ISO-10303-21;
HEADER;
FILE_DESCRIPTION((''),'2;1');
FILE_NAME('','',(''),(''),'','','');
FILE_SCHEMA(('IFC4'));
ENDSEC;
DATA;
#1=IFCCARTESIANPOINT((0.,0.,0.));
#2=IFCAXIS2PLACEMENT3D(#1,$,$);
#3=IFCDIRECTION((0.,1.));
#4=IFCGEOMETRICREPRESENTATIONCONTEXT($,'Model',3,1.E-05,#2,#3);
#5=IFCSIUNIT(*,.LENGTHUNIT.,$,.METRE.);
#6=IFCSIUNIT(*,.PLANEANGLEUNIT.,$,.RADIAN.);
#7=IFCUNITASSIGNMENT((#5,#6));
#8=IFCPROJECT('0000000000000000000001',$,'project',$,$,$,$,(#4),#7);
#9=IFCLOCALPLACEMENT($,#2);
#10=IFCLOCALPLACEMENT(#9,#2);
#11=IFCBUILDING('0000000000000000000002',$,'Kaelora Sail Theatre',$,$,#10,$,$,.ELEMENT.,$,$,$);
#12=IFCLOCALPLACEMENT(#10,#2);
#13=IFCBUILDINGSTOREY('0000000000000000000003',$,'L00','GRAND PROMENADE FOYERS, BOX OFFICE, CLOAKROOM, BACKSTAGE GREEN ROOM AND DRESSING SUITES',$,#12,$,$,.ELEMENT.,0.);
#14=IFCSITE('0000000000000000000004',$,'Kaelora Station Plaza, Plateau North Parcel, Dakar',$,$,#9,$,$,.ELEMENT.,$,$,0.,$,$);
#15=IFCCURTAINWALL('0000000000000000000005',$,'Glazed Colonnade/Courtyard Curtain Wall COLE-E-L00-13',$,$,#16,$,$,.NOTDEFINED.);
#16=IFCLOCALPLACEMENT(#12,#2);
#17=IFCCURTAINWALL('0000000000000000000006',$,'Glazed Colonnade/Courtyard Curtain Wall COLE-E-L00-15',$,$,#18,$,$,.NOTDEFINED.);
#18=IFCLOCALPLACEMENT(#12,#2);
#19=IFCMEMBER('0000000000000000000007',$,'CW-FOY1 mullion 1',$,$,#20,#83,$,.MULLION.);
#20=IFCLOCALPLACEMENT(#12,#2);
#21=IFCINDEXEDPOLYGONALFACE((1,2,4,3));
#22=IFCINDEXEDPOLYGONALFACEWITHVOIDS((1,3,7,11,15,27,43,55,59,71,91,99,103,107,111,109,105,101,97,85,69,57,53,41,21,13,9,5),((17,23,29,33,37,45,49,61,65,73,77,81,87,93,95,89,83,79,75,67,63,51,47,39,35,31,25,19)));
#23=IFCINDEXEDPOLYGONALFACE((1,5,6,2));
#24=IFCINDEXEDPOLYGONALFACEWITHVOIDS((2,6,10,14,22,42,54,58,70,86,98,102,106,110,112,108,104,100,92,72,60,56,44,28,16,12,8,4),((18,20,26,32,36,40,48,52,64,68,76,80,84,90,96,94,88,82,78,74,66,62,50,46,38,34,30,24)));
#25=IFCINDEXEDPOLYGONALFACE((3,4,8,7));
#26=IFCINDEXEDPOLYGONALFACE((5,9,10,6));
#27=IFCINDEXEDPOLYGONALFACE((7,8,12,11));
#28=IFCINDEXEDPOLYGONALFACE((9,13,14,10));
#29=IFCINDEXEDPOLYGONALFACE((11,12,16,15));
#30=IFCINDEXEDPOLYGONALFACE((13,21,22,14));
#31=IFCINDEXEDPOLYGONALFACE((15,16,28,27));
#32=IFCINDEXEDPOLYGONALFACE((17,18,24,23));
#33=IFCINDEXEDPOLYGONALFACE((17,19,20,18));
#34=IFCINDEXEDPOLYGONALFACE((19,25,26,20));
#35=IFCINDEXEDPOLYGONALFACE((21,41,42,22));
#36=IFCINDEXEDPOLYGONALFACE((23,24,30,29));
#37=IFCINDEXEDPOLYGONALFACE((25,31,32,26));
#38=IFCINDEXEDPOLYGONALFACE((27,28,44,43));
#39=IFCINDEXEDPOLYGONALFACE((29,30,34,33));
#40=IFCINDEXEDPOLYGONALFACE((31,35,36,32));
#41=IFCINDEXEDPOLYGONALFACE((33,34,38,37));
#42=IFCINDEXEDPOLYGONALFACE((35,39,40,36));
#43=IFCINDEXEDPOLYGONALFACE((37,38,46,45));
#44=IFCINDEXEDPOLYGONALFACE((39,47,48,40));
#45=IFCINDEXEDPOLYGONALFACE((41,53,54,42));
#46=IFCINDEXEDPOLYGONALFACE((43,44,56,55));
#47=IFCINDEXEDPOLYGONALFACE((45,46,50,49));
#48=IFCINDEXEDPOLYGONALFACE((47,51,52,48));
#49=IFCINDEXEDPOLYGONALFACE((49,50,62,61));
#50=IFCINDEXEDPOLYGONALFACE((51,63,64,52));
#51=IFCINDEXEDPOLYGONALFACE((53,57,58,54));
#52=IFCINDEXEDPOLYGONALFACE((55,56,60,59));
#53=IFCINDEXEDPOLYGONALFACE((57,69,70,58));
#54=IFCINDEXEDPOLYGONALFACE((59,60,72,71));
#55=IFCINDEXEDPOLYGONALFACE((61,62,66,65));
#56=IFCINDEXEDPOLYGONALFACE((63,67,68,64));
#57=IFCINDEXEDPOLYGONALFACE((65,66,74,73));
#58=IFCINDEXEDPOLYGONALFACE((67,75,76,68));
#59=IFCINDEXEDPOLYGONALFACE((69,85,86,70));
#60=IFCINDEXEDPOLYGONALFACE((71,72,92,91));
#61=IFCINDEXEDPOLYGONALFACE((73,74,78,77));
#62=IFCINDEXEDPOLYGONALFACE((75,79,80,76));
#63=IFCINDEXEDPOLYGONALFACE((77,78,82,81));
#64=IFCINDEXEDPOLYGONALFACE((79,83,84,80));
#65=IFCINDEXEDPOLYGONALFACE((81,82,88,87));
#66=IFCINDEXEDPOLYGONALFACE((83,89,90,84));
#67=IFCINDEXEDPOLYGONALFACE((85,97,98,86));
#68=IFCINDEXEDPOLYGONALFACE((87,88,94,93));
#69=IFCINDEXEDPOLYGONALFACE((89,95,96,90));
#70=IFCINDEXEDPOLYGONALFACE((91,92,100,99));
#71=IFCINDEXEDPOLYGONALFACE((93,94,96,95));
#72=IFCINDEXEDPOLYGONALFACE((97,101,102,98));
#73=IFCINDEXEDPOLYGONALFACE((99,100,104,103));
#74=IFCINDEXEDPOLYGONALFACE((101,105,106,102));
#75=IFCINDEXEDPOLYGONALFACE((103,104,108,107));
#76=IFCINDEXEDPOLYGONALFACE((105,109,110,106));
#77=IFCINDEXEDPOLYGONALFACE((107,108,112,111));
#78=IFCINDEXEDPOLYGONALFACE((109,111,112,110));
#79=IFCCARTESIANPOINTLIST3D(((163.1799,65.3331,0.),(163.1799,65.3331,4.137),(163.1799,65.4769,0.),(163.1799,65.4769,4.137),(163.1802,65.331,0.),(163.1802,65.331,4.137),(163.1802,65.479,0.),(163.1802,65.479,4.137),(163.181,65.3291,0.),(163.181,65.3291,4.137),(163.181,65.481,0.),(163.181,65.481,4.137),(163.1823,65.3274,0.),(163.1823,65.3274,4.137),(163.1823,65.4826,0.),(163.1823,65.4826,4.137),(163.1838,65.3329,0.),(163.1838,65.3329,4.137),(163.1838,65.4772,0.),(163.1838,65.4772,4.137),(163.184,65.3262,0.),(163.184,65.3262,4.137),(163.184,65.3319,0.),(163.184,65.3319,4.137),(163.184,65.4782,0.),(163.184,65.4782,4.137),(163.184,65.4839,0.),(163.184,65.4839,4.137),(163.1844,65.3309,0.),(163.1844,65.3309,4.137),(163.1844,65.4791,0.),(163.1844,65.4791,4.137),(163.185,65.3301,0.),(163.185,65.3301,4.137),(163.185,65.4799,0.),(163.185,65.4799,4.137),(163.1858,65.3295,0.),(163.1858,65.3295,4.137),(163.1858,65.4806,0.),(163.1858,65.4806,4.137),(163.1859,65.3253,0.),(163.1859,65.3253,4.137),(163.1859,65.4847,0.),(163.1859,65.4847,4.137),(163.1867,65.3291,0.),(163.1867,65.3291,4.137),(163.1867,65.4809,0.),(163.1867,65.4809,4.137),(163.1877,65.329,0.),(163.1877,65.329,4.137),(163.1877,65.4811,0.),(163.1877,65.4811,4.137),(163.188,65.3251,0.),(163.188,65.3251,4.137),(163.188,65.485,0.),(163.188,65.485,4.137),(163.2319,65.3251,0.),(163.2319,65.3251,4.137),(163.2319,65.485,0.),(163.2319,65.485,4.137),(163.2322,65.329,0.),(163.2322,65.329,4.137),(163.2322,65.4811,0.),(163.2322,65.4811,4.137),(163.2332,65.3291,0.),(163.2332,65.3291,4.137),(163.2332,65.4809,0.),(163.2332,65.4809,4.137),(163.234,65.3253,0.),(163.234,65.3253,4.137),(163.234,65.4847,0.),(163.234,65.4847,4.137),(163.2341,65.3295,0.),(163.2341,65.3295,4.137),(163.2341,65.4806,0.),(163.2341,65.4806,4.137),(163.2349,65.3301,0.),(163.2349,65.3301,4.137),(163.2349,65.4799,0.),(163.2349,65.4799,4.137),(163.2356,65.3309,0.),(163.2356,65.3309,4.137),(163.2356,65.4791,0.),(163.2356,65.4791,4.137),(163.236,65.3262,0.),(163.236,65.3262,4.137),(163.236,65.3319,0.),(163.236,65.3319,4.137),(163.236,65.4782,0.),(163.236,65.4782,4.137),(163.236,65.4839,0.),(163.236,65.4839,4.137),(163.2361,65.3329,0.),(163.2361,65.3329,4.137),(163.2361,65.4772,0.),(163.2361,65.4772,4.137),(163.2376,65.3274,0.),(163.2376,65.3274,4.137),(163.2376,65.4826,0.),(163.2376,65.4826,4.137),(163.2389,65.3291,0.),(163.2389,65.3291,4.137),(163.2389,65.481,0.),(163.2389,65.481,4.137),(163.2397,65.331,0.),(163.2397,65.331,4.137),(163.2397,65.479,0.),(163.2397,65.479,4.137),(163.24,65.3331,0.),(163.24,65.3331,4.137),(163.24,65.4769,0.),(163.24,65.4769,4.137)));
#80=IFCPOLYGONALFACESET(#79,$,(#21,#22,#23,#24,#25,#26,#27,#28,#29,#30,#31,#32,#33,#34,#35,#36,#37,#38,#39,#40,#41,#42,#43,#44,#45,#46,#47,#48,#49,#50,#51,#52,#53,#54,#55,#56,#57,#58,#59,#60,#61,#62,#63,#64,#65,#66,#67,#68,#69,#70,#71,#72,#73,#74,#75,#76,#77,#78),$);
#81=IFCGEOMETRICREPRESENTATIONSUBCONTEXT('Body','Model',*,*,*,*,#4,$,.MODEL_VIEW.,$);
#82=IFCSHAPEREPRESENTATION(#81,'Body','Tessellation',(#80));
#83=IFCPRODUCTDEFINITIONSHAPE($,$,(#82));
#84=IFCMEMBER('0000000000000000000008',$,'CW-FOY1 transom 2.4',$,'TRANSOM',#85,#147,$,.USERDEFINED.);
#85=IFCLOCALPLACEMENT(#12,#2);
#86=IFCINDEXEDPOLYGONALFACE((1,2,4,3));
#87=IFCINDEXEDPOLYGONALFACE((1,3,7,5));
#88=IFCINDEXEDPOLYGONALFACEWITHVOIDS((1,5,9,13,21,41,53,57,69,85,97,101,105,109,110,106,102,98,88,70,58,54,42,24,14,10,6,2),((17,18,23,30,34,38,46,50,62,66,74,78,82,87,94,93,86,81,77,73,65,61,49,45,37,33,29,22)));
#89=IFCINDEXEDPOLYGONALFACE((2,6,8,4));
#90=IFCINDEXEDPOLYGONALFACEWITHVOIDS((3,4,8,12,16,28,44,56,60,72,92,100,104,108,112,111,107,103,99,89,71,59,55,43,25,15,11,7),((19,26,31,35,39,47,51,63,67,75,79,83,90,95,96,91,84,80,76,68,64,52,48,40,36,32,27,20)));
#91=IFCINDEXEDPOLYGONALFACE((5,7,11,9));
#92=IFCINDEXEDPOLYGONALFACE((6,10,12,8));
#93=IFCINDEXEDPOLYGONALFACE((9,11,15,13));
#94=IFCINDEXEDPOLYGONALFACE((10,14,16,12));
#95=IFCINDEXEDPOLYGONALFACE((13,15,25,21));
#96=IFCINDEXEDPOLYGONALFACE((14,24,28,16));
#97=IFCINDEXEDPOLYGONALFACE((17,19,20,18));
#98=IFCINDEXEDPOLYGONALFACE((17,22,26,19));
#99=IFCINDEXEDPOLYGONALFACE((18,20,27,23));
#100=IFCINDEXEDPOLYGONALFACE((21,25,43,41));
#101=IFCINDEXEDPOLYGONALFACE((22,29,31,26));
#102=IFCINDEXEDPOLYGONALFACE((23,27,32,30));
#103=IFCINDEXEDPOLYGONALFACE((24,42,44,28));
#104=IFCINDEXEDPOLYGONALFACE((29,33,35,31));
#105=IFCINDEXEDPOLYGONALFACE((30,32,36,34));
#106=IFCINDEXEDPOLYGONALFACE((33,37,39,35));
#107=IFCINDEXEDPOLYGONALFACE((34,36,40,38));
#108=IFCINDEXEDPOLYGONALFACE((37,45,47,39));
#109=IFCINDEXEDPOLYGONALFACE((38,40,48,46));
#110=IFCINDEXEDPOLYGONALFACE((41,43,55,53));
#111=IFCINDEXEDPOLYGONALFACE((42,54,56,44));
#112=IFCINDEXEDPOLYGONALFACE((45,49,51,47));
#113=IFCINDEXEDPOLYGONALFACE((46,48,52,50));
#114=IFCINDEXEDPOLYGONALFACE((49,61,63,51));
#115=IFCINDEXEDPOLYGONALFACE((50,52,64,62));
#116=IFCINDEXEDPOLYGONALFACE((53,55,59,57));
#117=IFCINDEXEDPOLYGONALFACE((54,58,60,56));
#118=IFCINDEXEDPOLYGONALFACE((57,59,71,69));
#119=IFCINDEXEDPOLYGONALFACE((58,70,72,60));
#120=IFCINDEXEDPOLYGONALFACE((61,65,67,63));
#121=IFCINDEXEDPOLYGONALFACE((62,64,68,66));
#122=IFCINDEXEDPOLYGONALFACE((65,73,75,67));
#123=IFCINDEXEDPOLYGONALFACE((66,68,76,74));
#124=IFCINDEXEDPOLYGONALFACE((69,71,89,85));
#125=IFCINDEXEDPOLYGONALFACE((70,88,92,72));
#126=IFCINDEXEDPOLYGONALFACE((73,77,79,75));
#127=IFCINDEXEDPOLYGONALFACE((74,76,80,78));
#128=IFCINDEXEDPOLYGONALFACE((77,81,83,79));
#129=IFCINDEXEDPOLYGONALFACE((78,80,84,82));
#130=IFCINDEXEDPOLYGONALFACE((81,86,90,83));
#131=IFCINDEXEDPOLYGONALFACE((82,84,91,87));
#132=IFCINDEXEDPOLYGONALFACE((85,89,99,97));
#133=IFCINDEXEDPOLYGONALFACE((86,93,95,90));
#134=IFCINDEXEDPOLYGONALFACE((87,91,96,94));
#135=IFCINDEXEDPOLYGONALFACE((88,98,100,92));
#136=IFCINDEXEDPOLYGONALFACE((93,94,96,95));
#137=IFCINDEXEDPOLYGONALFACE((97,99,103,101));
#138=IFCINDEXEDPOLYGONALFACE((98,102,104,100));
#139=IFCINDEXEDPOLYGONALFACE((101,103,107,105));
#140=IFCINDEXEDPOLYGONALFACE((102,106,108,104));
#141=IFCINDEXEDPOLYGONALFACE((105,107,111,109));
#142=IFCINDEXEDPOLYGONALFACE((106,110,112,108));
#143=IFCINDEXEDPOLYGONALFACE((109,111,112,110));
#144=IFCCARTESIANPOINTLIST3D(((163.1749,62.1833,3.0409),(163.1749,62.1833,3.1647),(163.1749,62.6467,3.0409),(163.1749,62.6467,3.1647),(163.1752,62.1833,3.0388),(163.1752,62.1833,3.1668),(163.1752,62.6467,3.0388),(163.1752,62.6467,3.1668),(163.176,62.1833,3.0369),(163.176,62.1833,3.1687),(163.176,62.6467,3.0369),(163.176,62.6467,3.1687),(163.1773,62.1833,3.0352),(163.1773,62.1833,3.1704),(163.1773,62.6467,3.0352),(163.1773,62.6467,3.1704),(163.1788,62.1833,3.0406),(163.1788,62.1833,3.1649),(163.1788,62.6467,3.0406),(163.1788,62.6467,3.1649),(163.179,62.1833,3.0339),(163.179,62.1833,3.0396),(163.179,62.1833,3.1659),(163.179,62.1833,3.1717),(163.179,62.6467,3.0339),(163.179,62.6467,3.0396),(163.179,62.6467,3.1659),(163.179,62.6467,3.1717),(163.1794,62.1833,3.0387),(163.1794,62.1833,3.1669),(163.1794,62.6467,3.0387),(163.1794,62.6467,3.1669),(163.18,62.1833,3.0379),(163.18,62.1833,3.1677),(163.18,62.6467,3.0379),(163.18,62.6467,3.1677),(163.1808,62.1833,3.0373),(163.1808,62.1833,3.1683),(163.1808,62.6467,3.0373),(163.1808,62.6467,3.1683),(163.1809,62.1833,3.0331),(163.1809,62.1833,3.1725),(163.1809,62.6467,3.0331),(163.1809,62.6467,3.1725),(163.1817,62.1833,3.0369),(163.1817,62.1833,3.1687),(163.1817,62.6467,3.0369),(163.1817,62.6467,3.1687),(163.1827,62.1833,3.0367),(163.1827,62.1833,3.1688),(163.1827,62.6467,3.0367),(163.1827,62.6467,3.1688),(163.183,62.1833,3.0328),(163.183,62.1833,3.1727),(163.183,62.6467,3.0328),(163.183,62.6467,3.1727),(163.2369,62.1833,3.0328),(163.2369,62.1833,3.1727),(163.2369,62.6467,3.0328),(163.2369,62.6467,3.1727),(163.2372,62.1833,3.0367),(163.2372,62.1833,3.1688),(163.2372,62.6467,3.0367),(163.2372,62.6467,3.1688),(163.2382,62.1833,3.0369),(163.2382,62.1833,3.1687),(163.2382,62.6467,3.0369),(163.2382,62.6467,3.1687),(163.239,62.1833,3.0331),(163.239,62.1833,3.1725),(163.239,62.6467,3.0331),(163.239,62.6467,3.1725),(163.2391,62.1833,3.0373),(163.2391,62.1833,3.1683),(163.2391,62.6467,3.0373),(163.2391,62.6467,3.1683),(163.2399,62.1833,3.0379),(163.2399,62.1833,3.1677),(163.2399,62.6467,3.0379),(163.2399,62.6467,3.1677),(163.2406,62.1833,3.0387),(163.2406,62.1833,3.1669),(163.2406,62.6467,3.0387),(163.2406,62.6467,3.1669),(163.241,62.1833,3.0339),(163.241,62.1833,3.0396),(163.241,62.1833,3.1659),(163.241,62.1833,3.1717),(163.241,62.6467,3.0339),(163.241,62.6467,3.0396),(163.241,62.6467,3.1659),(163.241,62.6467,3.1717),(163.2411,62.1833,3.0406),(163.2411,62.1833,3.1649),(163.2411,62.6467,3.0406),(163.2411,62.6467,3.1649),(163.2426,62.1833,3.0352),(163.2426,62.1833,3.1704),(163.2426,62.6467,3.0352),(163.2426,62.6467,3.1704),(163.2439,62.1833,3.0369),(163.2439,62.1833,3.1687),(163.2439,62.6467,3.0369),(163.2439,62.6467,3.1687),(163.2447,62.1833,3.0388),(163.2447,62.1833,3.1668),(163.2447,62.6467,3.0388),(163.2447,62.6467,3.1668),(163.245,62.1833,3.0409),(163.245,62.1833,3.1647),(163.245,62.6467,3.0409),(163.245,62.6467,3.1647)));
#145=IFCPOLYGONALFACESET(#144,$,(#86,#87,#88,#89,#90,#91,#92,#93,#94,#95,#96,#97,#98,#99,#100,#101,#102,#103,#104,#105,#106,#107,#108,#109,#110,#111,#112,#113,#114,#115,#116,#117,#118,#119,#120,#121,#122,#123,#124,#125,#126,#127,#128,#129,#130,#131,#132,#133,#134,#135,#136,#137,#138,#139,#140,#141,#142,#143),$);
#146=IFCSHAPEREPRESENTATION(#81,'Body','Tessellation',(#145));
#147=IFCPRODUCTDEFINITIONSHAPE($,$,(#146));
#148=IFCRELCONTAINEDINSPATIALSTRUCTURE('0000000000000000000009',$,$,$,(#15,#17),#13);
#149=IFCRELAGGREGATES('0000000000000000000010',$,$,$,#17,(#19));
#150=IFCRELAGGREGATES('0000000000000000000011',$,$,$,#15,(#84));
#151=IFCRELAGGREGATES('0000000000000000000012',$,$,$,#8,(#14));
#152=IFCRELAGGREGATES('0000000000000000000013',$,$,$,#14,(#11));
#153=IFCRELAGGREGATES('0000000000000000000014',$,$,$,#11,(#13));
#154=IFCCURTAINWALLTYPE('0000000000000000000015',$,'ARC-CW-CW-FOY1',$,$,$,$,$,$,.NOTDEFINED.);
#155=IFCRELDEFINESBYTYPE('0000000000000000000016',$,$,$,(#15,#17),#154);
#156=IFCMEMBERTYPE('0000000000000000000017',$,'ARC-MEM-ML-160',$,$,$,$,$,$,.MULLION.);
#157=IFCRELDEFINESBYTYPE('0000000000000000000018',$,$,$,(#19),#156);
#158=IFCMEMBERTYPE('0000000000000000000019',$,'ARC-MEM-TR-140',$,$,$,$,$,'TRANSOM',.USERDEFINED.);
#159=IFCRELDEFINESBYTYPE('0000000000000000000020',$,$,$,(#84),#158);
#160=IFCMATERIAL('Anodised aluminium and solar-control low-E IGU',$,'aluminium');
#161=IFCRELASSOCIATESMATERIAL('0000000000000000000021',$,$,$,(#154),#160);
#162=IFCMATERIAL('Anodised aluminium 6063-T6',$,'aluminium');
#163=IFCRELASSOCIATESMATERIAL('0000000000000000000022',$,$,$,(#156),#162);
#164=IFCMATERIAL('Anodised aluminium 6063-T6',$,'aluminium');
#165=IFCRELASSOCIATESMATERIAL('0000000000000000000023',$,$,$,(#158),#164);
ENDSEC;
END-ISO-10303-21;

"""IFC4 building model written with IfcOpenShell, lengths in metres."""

from ifc_helpers import new_model, si_unit, direction, frame, origin, origin_2d, place, context, subcontext, project, spatial, hollow_rectangle, extrude, material, material_profile, profile_set, type_object, element, aggregate, save


model = new_model("IFC4")

# Units and contexts
model_context = context("Model", 3, precision=1e-05, world=origin(), true_north=direction((0.0, 1.0)))
body_context = subcontext(model_context, "Body", "Model", "MODEL_VIEW")
ifc_project = project(units=[si_unit("LENGTHUNIT", "METRE"), si_unit("PLANEANGLEUNIT", "RADIAN")], contexts=[model_context])

# Site, building, storey
site_placement = place(None, origin())
site = spatial("IfcSite", under=ifc_project, at=site_placement, Name="Kaelora Station Plaza, Plateau North Parcel, Dakar", CompositionType="ELEMENT", RefElevation=0.0)
building_placement = place(site_placement, origin())
building = spatial("IfcBuilding", under=site, at=building_placement, Name="Kaelora Sail Theatre", CompositionType="ELEMENT")
storey_placement = place(building_placement, origin())
storey = spatial("IfcBuildingStorey", under=building, at=storey_placement, Name="L00", Description="GRAND PROMENADE FOYERS, BOX OFFICE, CLOAKROOM, BACKSTAGE GREEN ROOM AND DRESSING SUITES", CompositionType="ELEMENT", Elevation=0.0)

# Curtain wall
ifc_material_1 = material(Name="Anodised aluminium and solar-control low-E IGU", Category="aluminium")
curtain_wall_type = type_object("IfcCurtainWallType", Name="ARC-CW-CW-FOY1", PredefinedType="NOTDEFINED", material=ifc_material_1)
curtain_wall_1_placement = place(storey_placement, origin())
curtain_wall_1 = element("IfcCurtainWall", 1, at=curtain_wall_1_placement, inside=storey, type_object=curtain_wall_type, Name="Glazed Colonnade/Courtyard Curtain Wall COLE-E-L00-13", PredefinedType="NOTDEFINED")
ifc_material_2 = material(Name="Anodised aluminium 6063-T6", Category="aluminium")
ifc_material_profile_1 = material_profile(ifc_material_2, hollow_rectangle(XDim=0.0601, YDim=0.1599, WallThickness=0.0039, InnerFilletRadius=0.0039, OuterFilletRadius=0.0081, at=origin_2d()), Name="ALU-MULL 60x160x4")
ifc_profile_set_1 = profile_set([ifc_material_profile_1], Name="Anodised aluminium 6063-T6")
member_type_1 = type_object("IfcMemberType", Name="ARC-MEM-ML-160", PredefinedType="MULLION", material=ifc_profile_set_1)

# Curtain wall, member
curtain_wall_2_placement = place(storey_placement, origin())
curtain_wall_2 = element("IfcCurtainWall", 2, at=curtain_wall_2_placement, inside=storey, type_object=curtain_wall_type, Name="Glazed Colonnade/Courtyard Curtain Wall COLE-E-L00-15", PredefinedType="NOTDEFINED")
member_1_placement = place(storey_placement, frame((163.21, 65.405, 0.0), z_axis=(0.0, 0.0, 1.0), x_axis=(-1.0, 0.0, 0.0)))
member_1 = element("IfcMember", 3, at=member_1_placement, type_object=member_type_1, Name="CW-FOY1 mullion 1", PredefinedType="MULLION", context=body_context, shape_type="SweptSolid", body=[
    extrude(hollow_rectangle(XDim=0.0601, YDim=0.1599, WallThickness=0.0039, InnerFilletRadius=0.0039, OuterFilletRadius=0.0081, at=origin_2d()), origin(), (0.0, 0.0, 1.0), 4.137),
])

# Member
ifc_material_3 = material(Name="Anodised aluminium 6063-T6", Category="aluminium")
ifc_material_profile_2 = material_profile(ifc_material_3, hollow_rectangle(XDim=0.0701, YDim=0.1399, WallThickness=0.0039, InnerFilletRadius=0.0039, OuterFilletRadius=0.0081, at=origin_2d()), Name="ALU-TRAN 70x140x4")
ifc_profile_set_2 = profile_set([ifc_material_profile_2], Name="Anodised aluminium 6063-T6")
member_type_2 = type_object("IfcMemberType", Name="ARC-MEM-TR-140", ElementType="TRANSOM", PredefinedType="USERDEFINED", material=ifc_profile_set_2)
member_2_placement = place(storey_placement, frame((163.21, 62.1833, 3.1028), z_axis=(0.0, 1.0, 0.0), x_axis=(-1.0, 0.0, 0.0)))
member_2 = element("IfcMember", 4, at=member_2_placement, type_object=member_type_2, Name="CW-FOY1 transom 2.4", ObjectType="TRANSOM", PredefinedType="USERDEFINED", context=body_context, shape_type="SweptSolid", body=[
    extrude(hollow_rectangle(XDim=0.0701, YDim=0.1399, WallThickness=0.0039, InnerFilletRadius=0.0039, OuterFilletRadius=0.0081, at=origin_2d()), origin(), (0.0, 0.0, 1.0), 0.4634),
])
aggregate(curtain_wall_2, [member_1])

aggregate(curtain_wall_1, [member_2])

save(model, "model.ifc")
